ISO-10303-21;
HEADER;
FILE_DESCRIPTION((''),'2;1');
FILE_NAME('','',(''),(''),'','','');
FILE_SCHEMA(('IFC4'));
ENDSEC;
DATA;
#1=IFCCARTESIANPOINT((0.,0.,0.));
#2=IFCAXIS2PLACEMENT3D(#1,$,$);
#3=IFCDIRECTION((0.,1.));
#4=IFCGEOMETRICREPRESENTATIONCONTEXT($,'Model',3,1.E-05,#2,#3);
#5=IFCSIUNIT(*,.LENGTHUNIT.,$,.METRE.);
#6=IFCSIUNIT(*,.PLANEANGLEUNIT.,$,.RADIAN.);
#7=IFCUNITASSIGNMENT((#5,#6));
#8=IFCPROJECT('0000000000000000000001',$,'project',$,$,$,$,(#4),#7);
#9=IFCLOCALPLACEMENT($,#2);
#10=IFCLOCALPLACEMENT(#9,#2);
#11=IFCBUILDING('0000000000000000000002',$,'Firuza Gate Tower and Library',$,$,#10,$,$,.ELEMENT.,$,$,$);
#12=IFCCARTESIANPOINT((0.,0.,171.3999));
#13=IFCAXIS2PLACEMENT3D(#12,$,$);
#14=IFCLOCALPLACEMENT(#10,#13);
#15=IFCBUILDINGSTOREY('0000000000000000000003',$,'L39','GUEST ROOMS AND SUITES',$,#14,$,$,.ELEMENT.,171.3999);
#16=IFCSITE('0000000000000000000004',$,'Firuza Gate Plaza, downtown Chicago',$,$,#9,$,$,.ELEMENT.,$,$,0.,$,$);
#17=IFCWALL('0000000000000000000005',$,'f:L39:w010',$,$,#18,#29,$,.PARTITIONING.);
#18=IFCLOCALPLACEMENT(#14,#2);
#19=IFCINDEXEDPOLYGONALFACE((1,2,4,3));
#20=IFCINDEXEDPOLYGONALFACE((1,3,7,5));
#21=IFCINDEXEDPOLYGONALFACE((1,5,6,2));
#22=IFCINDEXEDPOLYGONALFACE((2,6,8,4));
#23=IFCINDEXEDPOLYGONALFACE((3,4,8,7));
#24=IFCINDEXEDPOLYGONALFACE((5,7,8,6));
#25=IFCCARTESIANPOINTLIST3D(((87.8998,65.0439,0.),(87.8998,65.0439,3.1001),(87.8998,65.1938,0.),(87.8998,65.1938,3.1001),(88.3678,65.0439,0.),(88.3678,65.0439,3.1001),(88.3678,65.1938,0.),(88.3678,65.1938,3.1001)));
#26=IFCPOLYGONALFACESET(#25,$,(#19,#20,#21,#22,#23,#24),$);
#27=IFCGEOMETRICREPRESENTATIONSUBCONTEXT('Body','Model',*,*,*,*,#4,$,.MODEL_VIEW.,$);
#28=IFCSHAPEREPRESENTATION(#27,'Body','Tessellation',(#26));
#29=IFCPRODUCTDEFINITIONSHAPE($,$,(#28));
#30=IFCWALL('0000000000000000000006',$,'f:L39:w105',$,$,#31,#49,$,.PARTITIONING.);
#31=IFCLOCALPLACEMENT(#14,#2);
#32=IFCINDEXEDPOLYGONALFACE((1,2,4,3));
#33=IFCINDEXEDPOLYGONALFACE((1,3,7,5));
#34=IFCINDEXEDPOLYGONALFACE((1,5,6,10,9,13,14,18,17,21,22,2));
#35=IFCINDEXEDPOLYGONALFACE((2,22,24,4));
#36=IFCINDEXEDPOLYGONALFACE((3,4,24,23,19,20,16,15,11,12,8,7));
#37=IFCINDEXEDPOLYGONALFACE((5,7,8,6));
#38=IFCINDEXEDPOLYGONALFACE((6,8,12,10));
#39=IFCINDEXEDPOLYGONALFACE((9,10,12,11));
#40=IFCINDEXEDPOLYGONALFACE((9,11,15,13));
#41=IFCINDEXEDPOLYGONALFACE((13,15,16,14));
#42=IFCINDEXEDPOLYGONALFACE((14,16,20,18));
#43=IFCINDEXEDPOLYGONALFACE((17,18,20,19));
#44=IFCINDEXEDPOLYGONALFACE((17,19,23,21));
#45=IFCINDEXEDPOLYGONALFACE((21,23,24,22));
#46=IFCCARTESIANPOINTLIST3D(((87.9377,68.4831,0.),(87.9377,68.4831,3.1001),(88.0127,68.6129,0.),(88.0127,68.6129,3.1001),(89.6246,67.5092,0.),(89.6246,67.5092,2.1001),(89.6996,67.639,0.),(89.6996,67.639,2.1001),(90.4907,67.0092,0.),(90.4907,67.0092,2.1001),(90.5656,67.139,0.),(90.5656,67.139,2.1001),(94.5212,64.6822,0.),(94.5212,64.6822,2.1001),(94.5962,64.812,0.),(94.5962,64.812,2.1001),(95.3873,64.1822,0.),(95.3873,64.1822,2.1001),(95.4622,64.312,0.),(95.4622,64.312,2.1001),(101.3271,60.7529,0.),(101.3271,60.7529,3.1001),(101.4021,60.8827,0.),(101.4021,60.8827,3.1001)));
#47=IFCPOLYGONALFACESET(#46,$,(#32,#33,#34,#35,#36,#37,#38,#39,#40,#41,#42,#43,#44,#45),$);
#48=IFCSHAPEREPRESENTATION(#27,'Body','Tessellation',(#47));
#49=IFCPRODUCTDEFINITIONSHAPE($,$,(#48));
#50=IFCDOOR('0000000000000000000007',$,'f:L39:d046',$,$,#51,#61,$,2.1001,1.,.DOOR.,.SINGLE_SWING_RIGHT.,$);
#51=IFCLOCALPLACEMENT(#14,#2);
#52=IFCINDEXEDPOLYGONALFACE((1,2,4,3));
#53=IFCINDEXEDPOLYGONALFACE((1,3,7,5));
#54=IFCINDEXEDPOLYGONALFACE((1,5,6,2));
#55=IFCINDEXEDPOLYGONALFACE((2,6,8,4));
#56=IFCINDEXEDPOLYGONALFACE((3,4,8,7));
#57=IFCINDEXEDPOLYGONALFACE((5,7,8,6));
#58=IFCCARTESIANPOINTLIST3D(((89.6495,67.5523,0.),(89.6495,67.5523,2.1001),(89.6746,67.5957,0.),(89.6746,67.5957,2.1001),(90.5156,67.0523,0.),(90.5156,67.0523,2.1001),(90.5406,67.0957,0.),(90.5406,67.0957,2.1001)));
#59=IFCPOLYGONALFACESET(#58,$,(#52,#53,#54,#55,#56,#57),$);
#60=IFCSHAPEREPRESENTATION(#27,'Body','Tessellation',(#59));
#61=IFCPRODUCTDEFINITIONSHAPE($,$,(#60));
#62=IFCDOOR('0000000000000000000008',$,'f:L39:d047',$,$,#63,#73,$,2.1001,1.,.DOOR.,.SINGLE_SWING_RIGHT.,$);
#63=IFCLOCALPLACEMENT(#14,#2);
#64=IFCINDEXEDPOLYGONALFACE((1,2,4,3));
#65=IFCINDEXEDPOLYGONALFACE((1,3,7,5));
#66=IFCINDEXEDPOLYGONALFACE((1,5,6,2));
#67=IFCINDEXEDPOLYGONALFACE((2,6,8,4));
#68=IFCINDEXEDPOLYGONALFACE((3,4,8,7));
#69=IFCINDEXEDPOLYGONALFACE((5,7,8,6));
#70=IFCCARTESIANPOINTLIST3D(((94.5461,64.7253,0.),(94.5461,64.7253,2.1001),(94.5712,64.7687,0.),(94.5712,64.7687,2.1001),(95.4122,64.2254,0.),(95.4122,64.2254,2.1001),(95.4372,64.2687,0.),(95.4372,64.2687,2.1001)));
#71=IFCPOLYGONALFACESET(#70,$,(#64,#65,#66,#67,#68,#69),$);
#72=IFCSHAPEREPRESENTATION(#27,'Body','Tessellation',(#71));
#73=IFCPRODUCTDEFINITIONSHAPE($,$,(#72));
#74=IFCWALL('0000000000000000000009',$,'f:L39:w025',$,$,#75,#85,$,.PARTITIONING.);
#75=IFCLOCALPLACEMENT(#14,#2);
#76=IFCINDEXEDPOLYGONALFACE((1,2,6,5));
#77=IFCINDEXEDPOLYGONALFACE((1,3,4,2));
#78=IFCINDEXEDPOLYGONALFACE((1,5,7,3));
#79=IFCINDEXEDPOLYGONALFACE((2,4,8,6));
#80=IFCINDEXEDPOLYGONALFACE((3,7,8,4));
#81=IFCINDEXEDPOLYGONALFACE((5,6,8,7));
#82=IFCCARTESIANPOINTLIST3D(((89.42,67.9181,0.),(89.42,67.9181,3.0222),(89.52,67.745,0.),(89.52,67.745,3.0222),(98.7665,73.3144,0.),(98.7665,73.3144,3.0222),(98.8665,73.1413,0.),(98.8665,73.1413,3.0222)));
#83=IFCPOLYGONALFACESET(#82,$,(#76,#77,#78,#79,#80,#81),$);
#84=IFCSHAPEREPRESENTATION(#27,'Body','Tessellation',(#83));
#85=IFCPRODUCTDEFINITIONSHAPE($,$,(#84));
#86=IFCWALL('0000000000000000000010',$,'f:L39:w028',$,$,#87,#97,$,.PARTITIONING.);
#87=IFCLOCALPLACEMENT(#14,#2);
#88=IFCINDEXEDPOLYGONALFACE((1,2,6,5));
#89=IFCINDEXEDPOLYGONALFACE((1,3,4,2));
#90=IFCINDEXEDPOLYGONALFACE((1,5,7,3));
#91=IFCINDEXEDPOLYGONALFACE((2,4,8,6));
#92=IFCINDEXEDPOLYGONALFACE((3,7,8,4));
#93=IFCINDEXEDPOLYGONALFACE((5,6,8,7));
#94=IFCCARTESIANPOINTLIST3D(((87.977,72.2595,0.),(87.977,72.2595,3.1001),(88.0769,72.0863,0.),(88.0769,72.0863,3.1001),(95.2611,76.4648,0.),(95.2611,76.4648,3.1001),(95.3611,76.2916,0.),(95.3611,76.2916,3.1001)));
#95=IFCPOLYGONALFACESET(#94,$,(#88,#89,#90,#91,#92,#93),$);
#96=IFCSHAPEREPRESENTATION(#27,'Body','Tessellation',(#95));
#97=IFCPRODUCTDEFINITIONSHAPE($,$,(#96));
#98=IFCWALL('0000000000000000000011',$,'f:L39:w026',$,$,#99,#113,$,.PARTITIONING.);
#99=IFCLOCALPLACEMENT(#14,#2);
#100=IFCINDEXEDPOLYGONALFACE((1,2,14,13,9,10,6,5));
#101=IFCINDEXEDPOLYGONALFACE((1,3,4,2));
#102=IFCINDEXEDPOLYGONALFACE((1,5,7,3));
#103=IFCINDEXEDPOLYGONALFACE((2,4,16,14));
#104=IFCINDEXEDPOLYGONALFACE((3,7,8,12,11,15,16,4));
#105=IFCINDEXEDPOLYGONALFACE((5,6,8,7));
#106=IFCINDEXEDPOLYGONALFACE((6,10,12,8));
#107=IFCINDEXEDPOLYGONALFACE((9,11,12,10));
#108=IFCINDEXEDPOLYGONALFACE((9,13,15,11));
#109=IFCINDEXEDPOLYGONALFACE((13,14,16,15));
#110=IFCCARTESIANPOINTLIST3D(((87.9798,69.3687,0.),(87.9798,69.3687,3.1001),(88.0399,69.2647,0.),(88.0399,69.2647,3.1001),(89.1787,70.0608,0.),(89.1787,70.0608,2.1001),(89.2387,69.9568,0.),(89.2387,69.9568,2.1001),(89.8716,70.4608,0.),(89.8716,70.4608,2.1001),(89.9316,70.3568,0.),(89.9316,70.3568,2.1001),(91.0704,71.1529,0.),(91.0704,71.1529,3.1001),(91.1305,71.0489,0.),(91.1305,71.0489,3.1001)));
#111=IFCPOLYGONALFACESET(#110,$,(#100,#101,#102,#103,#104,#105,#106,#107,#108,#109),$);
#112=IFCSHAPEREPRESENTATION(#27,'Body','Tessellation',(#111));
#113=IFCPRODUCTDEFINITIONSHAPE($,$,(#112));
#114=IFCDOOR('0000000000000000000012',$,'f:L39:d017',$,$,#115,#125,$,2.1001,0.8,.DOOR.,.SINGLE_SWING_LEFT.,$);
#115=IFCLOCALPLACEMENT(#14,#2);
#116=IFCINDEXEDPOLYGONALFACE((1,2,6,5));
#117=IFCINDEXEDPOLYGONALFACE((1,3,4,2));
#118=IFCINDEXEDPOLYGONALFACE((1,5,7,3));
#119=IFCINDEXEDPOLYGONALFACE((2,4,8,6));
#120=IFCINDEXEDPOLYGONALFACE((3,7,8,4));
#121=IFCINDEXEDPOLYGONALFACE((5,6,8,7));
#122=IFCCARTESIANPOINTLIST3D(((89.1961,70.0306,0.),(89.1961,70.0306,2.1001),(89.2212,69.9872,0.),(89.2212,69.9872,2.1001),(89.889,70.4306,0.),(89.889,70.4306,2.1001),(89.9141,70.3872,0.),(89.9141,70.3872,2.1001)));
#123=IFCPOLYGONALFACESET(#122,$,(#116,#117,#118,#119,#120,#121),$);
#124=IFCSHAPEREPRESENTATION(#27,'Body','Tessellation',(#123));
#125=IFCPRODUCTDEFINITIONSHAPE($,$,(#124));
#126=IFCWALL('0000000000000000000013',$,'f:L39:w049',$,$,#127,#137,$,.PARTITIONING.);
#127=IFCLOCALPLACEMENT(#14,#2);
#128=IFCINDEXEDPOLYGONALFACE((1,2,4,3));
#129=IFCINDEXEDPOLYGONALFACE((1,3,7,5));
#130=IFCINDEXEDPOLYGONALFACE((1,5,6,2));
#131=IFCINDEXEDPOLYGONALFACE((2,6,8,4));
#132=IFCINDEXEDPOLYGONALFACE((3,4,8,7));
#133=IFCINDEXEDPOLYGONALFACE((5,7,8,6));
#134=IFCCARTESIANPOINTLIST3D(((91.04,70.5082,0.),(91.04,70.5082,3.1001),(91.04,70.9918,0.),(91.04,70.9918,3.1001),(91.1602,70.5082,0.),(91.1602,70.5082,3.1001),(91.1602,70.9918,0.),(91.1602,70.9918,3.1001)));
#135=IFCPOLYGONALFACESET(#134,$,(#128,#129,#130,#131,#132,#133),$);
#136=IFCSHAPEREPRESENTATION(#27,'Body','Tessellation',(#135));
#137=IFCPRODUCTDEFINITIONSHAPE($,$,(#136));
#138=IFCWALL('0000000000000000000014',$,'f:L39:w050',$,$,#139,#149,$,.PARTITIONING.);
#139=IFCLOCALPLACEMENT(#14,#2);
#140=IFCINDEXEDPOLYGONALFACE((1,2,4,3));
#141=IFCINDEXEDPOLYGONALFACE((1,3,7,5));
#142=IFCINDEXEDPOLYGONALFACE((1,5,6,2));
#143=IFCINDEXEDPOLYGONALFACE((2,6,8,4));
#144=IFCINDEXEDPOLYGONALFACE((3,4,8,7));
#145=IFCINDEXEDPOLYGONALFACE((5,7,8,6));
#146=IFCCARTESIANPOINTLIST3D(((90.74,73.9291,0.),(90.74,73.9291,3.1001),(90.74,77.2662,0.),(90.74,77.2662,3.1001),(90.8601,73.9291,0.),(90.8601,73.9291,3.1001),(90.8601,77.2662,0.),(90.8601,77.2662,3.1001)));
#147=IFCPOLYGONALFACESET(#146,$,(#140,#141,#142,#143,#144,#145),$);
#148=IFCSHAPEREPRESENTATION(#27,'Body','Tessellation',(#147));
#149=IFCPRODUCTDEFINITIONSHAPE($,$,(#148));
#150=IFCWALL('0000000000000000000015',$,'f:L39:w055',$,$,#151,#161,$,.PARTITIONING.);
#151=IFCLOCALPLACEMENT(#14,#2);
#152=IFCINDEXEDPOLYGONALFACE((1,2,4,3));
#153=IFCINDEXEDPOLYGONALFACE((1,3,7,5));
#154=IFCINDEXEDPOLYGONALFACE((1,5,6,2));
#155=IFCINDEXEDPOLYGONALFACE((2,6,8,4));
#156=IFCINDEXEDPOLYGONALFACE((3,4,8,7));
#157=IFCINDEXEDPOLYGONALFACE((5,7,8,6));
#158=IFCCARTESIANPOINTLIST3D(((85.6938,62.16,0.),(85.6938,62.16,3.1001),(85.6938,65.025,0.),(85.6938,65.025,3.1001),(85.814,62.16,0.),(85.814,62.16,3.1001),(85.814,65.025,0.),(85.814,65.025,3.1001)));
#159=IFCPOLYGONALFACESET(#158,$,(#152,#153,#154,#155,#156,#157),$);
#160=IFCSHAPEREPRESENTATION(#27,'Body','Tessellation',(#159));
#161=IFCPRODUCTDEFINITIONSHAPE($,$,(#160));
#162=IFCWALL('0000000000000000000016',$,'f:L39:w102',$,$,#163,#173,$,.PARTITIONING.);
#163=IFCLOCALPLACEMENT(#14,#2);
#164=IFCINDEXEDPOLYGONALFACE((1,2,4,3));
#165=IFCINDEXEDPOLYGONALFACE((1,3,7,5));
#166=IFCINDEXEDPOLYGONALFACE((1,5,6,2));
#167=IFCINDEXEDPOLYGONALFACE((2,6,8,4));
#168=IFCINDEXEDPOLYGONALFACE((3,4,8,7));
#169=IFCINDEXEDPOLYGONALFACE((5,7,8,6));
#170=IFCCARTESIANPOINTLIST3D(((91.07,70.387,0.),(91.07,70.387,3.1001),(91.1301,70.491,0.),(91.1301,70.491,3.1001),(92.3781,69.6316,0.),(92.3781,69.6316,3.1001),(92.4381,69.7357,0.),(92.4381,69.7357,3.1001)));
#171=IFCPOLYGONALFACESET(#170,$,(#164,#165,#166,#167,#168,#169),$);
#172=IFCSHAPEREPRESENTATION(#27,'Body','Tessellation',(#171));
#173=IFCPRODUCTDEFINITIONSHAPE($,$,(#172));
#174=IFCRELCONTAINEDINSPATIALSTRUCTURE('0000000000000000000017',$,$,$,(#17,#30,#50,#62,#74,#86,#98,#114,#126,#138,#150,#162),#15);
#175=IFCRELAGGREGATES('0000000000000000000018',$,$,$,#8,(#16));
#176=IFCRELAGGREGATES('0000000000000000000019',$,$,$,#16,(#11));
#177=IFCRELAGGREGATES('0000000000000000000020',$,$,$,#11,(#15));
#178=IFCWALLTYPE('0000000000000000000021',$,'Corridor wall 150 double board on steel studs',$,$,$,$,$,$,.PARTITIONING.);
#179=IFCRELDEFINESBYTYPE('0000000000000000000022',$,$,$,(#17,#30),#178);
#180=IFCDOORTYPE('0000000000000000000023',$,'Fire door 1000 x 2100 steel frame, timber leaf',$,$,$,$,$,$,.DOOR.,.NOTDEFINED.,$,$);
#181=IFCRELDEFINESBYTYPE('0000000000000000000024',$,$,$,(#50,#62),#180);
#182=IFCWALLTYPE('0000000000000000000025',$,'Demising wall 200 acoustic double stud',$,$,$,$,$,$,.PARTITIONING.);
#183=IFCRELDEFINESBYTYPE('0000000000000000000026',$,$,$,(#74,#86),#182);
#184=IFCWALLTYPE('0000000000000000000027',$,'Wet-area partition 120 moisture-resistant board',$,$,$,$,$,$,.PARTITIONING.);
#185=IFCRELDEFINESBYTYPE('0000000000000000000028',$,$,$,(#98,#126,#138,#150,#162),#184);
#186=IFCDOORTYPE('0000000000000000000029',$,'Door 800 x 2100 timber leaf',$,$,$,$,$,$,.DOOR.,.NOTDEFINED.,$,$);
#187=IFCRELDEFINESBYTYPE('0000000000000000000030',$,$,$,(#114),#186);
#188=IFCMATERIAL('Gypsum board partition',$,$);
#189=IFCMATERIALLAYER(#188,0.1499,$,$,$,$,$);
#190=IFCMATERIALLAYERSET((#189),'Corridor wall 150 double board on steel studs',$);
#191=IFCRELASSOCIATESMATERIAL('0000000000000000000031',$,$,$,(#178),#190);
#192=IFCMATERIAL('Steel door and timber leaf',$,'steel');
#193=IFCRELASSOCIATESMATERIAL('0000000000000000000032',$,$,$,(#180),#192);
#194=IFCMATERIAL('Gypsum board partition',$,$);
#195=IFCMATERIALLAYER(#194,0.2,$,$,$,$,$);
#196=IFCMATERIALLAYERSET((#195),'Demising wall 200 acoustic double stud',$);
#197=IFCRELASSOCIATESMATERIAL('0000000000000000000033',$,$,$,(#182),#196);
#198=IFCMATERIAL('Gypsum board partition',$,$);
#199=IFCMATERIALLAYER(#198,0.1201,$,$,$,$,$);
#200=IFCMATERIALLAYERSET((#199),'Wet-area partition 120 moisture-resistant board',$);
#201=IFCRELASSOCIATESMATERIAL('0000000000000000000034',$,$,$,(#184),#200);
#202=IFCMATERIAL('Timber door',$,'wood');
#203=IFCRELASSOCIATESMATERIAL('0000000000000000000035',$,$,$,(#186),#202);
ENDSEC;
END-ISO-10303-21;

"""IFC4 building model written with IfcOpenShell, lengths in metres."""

from ifc_helpers import new_model, si_unit, direction, frame, frame_2d, origin, place, context, subcontext, project, spatial, rectangle, extrude, material, layer, layer_set, type_object, element, fill, save


model = new_model("IFC4")

# Units and contexts
model_context = context("Model", 3, precision=1e-05, world=origin(), true_north=direction((0.0, 1.0)))
body_context = subcontext(model_context, "Body", "Model", "MODEL_VIEW")
ifc_project = project(units=[si_unit("LENGTHUNIT", "METRE"), si_unit("PLANEANGLEUNIT", "RADIAN")], contexts=[model_context])

# Site, building, storey
site_placement = place(None, origin())
site = spatial("IfcSite", under=ifc_project, at=site_placement, Name="Firuza Gate Plaza, downtown Chicago", CompositionType="ELEMENT", RefElevation=0.0)
building_placement = place(site_placement, origin())
building = spatial("IfcBuilding", under=site, at=building_placement, Name="Firuza Gate Tower and Library", CompositionType="ELEMENT")
storey_placement = place(building_placement, frame((0.0, 0.0, 171.3999)))
storey = spatial("IfcBuildingStorey", under=building, at=storey_placement, Name="L39", Description="GUEST ROOMS AND SUITES", CompositionType="ELEMENT", Elevation=171.3999)

# Shared definitions
ifc_material_1 = material(Name="Gypsum board partition")
ifc_layer_1 = layer(ifc_material_1, 0.1499)
ifc_layer_set_1 = layer_set([ifc_layer_1], Name="Corridor wall 150 double board on steel studs")
wall_type_1 = type_object("IfcWallType", Name="Corridor wall 150 double board on steel studs", PredefinedType="PARTITIONING", material=ifc_layer_set_1)
ifc_material_2 = material(Name="Steel door and timber leaf", Category="steel")
door_type_1 = type_object("IfcDoorType", Name="Fire door 1000 x 2100 steel frame, timber leaf", OperationType="NOTDEFINED", PredefinedType="DOOR", material=ifc_material_2)

# Wall
wall_1_placement = place(storey_placement, frame((87.8999, 65.1189, 0.0), z_axis=(0.0, 0.0, 1.0), x_axis=(1.0, 0.0, 0.0)))
element("IfcWall", 1, at=wall_1_placement, inside=storey, type_object=wall_type_1, Name="f:L39:w010", PredefinedType="PARTITIONING", context=body_context, shape_type="SweptSolid", body=[
    extrude(rectangle(XDim=0.468, YDim=0.1499, at=frame_2d((0.2339, 0.0))), origin(), (0.0, 0.0, 1.0), 3.1001),
])

# Wall, openings, doors
wall_2_placement = place(storey_placement, frame((87.9751, 68.5481, 0.0), z_axis=(0.0, 0.0, 1.0), x_axis=(0.86603, -0.499993, 0.0)))
wall_2 = element("IfcWall", 2, at=wall_2_placement, inside=storey, type_object=wall_type_1, Name="f:L39:w105", PredefinedType="PARTITIONING", context=body_context, shape_type="SweptSolid", body=[
    extrude(rectangle(XDim=15.4607, YDim=0.1499, at=frame_2d((7.7305, 0.0))), origin(), (0.0, 0.0, 1.0), 3.1001),
])
opening_1_placement = place(wall_2_placement, frame((1.948, 0.0, 0.0)))
opening_1 = element("IfcOpeningElement", 3, at=opening_1_placement, cuts=wall_2, PredefinedType="OPENING", context=body_context, shape_type="SweptSolid", body=[
    extrude(rectangle(XDim=1.0, YDim=2.1001, at=frame_2d((0.5, 1.05))), frame((0.0, 0.085, 0.0), z_axis=(0.0, -1.0, 0.0), x_axis=(1.0, 0.0, 0.0)), (0.0, 0.0, 1.0), 0.1699),
])
opening_2_placement = place(wall_2_placement, frame((7.6021, 0.0, 0.0)))
opening_2 = element("IfcOpeningElement", 4, at=opening_2_placement, cuts=wall_2, PredefinedType="OPENING", context=body_context, shape_type="SweptSolid", body=[
    extrude(rectangle(XDim=1.0, YDim=2.1001, at=frame_2d((0.5, 1.05))), frame((0.0, 0.085, 0.0), z_axis=(0.0, -1.0, 0.0), x_axis=(1.0, 0.0, 0.0)), (0.0, 0.0, 1.0), 0.1699),
])
door_1_placement = place(opening_1_placement, origin())
door_1 = element("IfcDoor", 5, at=door_1_placement, inside=storey, type_object=door_type_1, Name="f:L39:d046", OperationType="SINGLE_SWING_RIGHT", OverallHeight=2.1001, OverallWidth=1.0, PredefinedType="DOOR", context=body_context, shape_type="SweptSolid", body=[
    extrude(rectangle(XDim=1.0, YDim=2.1001, at=frame_2d((0.5, 1.05))), frame((0.0, 0.0249, 0.0), z_axis=(0.0, -1.0, 0.0), x_axis=(1.0, 0.0, 0.0)), (0.0, 0.0, 1.0), 0.05),
])
fill(opening_1, door_1)
door_2_placement = place(opening_2_placement, origin())
door_2 = element("IfcDoor", 6, at=door_2_placement, inside=storey, type_object=door_type_1, Name="f:L39:d047", OperationType="SINGLE_SWING_RIGHT", OverallHeight=2.1001, OverallWidth=1.0, PredefinedType="DOOR", context=body_context, shape_type="SweptSolid", body=[
    extrude(rectangle(XDim=1.0, YDim=2.1001, at=frame_2d((0.5, 1.05))), frame((0.0, 0.0249, 0.0), z_axis=(0.0, -1.0, 0.0), x_axis=(1.0, 0.0, 0.0)), (0.0, 0.0, 1.0), 0.05),
])
fill(opening_2, door_2)

# Walls
ifc_material_3 = material(Name="Gypsum board partition")
ifc_layer_2 = layer(ifc_material_3, 0.2)
ifc_layer_set_2 = layer_set([ifc_layer_2], Name="Demising wall 200 acoustic double stud")
wall_type_2 = type_object("IfcWallType", Name="Demising wall 200 acoustic double stud", PredefinedType="PARTITIONING", material=ifc_layer_set_2)
wall_3_placement = place(storey_placement, frame((89.47, 67.8315, 0.0), z_axis=(0.0, 0.0, 1.0), x_axis=(0.866022, 0.500005, 0.0)))
element("IfcWall", 7, at=wall_3_placement, inside=storey, type_object=wall_type_2, Name="f:L39:w025", PredefinedType="PARTITIONING", context=body_context, shape_type="SweptSolid", body=[
    extrude(rectangle(XDim=10.7925, YDim=0.2, at=frame_2d((5.3962, 0.0))), origin(), (0.0, 0.0, 1.0), 3.0222),
])
wall_4_placement = place(storey_placement, frame((88.0269, 72.1729, 0.0), z_axis=(0.0, 0.0, 1.0), x_axis=(0.866036, 0.499982, 0.0)))
element("IfcWall", 8, at=wall_4_placement, inside=storey, type_object=wall_type_2, Name="f:L39:w028", PredefinedType="PARTITIONING", context=body_context, shape_type="SweptSolid", body=[
    extrude(rectangle(XDim=8.4109, YDim=0.2, at=frame_2d((4.2056, 0.0))), origin(), (0.0, 0.0, 1.0), 3.1001),
])

# Wall, opening, door
ifc_material_4 = material(Name="Gypsum board partition")
ifc_layer_3 = layer(ifc_material_4, 0.1201)
ifc_layer_set_3 = layer_set([ifc_layer_3], Name="Wet-area partition 120 moisture-resistant board")
wall_type_3 = type_object("IfcWallType", Name="Wet-area partition 120 moisture-resistant board", PredefinedType="PARTITIONING", material=ifc_layer_set_3)
wall_5_placement = place(storey_placement, frame((91.1003, 71.1008, 0.0), z_axis=(0.0, 0.0, 1.0), x_axis=(-0.866045, -0.499965, 0.0)))
wall_5 = element("IfcWall", 9, at=wall_5_placement, inside=storey, type_object=wall_type_3, Name="f:L39:w026", PredefinedType="PARTITIONING", context=body_context, shape_type="SweptSolid", body=[
    extrude(rectangle(XDim=3.5686, YDim=0.1201, at=frame_2d((1.7842, 0.0))), origin(), (0.0, 0.0, 1.0), 3.1001),
])
opening_3_placement = place(wall_5_placement, frame((1.3843, 0.0, 0.0)))
opening_3 = element("IfcOpeningElement", 10, at=opening_3_placement, cuts=wall_5, PredefinedType="OPENING", context=body_context, shape_type="SweptSolid", body=[
    extrude(rectangle(XDim=0.8, YDim=2.1001, at=frame_2d((0.3999, 1.05))), frame((0.0, 0.0701, 0.0), z_axis=(0.0, -1.0, 0.0), x_axis=(1.0, 0.0, 0.0)), (0.0, 0.0, 1.0), 0.1401),
])
ifc_material_5 = material(Name="Timber door", Category="wood")
door_type_2 = type_object("IfcDoorType", Name="Door 800 x 2100 timber leaf", OperationType="NOTDEFINED", PredefinedType="DOOR", material=ifc_material_5)
door_3_placement = place(opening_3_placement, origin())
door_3 = element("IfcDoor", 11, at=door_3_placement, inside=storey, type_object=door_type_2, Name="f:L39:d017", OperationType="SINGLE_SWING_LEFT", OverallHeight=2.1001, OverallWidth=0.8, PredefinedType="DOOR", context=body_context, shape_type="SweptSolid", body=[
    extrude(rectangle(XDim=0.8, YDim=2.1001, at=frame_2d((0.3999, 1.05))), frame((0.0, 0.0249, 0.0), z_axis=(0.0, -1.0, 0.0), x_axis=(1.0, 0.0, 0.0)), (0.0, 0.0, 1.0), 0.05),
])
fill(opening_3, door_3)

# Walls
wall_6_placement = place(storey_placement, frame((91.1001, 70.5083, 0.0), z_axis=(0.0, 0.0, 1.0), x_axis=(0.0, 1.0, 0.0)))
element("IfcWall", 12, at=wall_6_placement, inside=storey, type_object=wall_type_3, Name="f:L39:w049", PredefinedType="PARTITIONING", context=body_context, shape_type="SweptSolid", body=[
    extrude(rectangle(XDim=0.4836, YDim=0.1201, at=frame_2d((0.2417, 0.0))), origin(), (0.0, 0.0, 1.0), 3.1001),
])
wall_7_placement = place(storey_placement, frame((90.8, 73.9292, 0.0), z_axis=(0.0, 0.0, 1.0), x_axis=(0.0, 1.0, 0.0)))
element("IfcWall", 13, at=wall_7_placement, inside=storey, type_object=wall_type_3, Name="f:L39:w050", PredefinedType="PARTITIONING", context=body_context, shape_type="SweptSolid", body=[
    extrude(rectangle(XDim=3.3372, YDim=0.1201, at=frame_2d((1.6685, 0.0))), origin(), (0.0, 0.0, 1.0), 3.1001),
])
wall_8_placement = place(storey_placement, frame((85.7539, 62.1599, 0.0), z_axis=(0.0, 0.0, 1.0), x_axis=(0.0, 1.0, 0.0)))
element("IfcWall", 14, at=wall_8_placement, inside=storey, type_object=wall_type_3, Name="f:L39:w055", PredefinedType="PARTITIONING", context=body_context, shape_type="SweptSolid", body=[
    extrude(rectangle(XDim=2.865, YDim=0.1201, at=frame_2d((1.4326, 0.0))), origin(), (0.0, 0.0, 1.0), 3.1001),
])
wall_9_placement = place(storey_placement, frame((92.4082, 69.6836, 0.0), z_axis=(0.0, 0.0, 1.0), x_axis=(-0.865986, 0.500068, 0.0)))
element("IfcWall", 15, at=wall_9_placement, inside=storey, type_object=wall_type_3, Name="f:L39:w102", PredefinedType="PARTITIONING", context=body_context, shape_type="SweptSolid", body=[
    extrude(rectangle(XDim=1.5105, YDim=0.1201, at=frame_2d((0.7554, 0.0))), origin(), (0.0, 0.0, 1.0), 3.1001),
])

save(model, "model.ifc")
